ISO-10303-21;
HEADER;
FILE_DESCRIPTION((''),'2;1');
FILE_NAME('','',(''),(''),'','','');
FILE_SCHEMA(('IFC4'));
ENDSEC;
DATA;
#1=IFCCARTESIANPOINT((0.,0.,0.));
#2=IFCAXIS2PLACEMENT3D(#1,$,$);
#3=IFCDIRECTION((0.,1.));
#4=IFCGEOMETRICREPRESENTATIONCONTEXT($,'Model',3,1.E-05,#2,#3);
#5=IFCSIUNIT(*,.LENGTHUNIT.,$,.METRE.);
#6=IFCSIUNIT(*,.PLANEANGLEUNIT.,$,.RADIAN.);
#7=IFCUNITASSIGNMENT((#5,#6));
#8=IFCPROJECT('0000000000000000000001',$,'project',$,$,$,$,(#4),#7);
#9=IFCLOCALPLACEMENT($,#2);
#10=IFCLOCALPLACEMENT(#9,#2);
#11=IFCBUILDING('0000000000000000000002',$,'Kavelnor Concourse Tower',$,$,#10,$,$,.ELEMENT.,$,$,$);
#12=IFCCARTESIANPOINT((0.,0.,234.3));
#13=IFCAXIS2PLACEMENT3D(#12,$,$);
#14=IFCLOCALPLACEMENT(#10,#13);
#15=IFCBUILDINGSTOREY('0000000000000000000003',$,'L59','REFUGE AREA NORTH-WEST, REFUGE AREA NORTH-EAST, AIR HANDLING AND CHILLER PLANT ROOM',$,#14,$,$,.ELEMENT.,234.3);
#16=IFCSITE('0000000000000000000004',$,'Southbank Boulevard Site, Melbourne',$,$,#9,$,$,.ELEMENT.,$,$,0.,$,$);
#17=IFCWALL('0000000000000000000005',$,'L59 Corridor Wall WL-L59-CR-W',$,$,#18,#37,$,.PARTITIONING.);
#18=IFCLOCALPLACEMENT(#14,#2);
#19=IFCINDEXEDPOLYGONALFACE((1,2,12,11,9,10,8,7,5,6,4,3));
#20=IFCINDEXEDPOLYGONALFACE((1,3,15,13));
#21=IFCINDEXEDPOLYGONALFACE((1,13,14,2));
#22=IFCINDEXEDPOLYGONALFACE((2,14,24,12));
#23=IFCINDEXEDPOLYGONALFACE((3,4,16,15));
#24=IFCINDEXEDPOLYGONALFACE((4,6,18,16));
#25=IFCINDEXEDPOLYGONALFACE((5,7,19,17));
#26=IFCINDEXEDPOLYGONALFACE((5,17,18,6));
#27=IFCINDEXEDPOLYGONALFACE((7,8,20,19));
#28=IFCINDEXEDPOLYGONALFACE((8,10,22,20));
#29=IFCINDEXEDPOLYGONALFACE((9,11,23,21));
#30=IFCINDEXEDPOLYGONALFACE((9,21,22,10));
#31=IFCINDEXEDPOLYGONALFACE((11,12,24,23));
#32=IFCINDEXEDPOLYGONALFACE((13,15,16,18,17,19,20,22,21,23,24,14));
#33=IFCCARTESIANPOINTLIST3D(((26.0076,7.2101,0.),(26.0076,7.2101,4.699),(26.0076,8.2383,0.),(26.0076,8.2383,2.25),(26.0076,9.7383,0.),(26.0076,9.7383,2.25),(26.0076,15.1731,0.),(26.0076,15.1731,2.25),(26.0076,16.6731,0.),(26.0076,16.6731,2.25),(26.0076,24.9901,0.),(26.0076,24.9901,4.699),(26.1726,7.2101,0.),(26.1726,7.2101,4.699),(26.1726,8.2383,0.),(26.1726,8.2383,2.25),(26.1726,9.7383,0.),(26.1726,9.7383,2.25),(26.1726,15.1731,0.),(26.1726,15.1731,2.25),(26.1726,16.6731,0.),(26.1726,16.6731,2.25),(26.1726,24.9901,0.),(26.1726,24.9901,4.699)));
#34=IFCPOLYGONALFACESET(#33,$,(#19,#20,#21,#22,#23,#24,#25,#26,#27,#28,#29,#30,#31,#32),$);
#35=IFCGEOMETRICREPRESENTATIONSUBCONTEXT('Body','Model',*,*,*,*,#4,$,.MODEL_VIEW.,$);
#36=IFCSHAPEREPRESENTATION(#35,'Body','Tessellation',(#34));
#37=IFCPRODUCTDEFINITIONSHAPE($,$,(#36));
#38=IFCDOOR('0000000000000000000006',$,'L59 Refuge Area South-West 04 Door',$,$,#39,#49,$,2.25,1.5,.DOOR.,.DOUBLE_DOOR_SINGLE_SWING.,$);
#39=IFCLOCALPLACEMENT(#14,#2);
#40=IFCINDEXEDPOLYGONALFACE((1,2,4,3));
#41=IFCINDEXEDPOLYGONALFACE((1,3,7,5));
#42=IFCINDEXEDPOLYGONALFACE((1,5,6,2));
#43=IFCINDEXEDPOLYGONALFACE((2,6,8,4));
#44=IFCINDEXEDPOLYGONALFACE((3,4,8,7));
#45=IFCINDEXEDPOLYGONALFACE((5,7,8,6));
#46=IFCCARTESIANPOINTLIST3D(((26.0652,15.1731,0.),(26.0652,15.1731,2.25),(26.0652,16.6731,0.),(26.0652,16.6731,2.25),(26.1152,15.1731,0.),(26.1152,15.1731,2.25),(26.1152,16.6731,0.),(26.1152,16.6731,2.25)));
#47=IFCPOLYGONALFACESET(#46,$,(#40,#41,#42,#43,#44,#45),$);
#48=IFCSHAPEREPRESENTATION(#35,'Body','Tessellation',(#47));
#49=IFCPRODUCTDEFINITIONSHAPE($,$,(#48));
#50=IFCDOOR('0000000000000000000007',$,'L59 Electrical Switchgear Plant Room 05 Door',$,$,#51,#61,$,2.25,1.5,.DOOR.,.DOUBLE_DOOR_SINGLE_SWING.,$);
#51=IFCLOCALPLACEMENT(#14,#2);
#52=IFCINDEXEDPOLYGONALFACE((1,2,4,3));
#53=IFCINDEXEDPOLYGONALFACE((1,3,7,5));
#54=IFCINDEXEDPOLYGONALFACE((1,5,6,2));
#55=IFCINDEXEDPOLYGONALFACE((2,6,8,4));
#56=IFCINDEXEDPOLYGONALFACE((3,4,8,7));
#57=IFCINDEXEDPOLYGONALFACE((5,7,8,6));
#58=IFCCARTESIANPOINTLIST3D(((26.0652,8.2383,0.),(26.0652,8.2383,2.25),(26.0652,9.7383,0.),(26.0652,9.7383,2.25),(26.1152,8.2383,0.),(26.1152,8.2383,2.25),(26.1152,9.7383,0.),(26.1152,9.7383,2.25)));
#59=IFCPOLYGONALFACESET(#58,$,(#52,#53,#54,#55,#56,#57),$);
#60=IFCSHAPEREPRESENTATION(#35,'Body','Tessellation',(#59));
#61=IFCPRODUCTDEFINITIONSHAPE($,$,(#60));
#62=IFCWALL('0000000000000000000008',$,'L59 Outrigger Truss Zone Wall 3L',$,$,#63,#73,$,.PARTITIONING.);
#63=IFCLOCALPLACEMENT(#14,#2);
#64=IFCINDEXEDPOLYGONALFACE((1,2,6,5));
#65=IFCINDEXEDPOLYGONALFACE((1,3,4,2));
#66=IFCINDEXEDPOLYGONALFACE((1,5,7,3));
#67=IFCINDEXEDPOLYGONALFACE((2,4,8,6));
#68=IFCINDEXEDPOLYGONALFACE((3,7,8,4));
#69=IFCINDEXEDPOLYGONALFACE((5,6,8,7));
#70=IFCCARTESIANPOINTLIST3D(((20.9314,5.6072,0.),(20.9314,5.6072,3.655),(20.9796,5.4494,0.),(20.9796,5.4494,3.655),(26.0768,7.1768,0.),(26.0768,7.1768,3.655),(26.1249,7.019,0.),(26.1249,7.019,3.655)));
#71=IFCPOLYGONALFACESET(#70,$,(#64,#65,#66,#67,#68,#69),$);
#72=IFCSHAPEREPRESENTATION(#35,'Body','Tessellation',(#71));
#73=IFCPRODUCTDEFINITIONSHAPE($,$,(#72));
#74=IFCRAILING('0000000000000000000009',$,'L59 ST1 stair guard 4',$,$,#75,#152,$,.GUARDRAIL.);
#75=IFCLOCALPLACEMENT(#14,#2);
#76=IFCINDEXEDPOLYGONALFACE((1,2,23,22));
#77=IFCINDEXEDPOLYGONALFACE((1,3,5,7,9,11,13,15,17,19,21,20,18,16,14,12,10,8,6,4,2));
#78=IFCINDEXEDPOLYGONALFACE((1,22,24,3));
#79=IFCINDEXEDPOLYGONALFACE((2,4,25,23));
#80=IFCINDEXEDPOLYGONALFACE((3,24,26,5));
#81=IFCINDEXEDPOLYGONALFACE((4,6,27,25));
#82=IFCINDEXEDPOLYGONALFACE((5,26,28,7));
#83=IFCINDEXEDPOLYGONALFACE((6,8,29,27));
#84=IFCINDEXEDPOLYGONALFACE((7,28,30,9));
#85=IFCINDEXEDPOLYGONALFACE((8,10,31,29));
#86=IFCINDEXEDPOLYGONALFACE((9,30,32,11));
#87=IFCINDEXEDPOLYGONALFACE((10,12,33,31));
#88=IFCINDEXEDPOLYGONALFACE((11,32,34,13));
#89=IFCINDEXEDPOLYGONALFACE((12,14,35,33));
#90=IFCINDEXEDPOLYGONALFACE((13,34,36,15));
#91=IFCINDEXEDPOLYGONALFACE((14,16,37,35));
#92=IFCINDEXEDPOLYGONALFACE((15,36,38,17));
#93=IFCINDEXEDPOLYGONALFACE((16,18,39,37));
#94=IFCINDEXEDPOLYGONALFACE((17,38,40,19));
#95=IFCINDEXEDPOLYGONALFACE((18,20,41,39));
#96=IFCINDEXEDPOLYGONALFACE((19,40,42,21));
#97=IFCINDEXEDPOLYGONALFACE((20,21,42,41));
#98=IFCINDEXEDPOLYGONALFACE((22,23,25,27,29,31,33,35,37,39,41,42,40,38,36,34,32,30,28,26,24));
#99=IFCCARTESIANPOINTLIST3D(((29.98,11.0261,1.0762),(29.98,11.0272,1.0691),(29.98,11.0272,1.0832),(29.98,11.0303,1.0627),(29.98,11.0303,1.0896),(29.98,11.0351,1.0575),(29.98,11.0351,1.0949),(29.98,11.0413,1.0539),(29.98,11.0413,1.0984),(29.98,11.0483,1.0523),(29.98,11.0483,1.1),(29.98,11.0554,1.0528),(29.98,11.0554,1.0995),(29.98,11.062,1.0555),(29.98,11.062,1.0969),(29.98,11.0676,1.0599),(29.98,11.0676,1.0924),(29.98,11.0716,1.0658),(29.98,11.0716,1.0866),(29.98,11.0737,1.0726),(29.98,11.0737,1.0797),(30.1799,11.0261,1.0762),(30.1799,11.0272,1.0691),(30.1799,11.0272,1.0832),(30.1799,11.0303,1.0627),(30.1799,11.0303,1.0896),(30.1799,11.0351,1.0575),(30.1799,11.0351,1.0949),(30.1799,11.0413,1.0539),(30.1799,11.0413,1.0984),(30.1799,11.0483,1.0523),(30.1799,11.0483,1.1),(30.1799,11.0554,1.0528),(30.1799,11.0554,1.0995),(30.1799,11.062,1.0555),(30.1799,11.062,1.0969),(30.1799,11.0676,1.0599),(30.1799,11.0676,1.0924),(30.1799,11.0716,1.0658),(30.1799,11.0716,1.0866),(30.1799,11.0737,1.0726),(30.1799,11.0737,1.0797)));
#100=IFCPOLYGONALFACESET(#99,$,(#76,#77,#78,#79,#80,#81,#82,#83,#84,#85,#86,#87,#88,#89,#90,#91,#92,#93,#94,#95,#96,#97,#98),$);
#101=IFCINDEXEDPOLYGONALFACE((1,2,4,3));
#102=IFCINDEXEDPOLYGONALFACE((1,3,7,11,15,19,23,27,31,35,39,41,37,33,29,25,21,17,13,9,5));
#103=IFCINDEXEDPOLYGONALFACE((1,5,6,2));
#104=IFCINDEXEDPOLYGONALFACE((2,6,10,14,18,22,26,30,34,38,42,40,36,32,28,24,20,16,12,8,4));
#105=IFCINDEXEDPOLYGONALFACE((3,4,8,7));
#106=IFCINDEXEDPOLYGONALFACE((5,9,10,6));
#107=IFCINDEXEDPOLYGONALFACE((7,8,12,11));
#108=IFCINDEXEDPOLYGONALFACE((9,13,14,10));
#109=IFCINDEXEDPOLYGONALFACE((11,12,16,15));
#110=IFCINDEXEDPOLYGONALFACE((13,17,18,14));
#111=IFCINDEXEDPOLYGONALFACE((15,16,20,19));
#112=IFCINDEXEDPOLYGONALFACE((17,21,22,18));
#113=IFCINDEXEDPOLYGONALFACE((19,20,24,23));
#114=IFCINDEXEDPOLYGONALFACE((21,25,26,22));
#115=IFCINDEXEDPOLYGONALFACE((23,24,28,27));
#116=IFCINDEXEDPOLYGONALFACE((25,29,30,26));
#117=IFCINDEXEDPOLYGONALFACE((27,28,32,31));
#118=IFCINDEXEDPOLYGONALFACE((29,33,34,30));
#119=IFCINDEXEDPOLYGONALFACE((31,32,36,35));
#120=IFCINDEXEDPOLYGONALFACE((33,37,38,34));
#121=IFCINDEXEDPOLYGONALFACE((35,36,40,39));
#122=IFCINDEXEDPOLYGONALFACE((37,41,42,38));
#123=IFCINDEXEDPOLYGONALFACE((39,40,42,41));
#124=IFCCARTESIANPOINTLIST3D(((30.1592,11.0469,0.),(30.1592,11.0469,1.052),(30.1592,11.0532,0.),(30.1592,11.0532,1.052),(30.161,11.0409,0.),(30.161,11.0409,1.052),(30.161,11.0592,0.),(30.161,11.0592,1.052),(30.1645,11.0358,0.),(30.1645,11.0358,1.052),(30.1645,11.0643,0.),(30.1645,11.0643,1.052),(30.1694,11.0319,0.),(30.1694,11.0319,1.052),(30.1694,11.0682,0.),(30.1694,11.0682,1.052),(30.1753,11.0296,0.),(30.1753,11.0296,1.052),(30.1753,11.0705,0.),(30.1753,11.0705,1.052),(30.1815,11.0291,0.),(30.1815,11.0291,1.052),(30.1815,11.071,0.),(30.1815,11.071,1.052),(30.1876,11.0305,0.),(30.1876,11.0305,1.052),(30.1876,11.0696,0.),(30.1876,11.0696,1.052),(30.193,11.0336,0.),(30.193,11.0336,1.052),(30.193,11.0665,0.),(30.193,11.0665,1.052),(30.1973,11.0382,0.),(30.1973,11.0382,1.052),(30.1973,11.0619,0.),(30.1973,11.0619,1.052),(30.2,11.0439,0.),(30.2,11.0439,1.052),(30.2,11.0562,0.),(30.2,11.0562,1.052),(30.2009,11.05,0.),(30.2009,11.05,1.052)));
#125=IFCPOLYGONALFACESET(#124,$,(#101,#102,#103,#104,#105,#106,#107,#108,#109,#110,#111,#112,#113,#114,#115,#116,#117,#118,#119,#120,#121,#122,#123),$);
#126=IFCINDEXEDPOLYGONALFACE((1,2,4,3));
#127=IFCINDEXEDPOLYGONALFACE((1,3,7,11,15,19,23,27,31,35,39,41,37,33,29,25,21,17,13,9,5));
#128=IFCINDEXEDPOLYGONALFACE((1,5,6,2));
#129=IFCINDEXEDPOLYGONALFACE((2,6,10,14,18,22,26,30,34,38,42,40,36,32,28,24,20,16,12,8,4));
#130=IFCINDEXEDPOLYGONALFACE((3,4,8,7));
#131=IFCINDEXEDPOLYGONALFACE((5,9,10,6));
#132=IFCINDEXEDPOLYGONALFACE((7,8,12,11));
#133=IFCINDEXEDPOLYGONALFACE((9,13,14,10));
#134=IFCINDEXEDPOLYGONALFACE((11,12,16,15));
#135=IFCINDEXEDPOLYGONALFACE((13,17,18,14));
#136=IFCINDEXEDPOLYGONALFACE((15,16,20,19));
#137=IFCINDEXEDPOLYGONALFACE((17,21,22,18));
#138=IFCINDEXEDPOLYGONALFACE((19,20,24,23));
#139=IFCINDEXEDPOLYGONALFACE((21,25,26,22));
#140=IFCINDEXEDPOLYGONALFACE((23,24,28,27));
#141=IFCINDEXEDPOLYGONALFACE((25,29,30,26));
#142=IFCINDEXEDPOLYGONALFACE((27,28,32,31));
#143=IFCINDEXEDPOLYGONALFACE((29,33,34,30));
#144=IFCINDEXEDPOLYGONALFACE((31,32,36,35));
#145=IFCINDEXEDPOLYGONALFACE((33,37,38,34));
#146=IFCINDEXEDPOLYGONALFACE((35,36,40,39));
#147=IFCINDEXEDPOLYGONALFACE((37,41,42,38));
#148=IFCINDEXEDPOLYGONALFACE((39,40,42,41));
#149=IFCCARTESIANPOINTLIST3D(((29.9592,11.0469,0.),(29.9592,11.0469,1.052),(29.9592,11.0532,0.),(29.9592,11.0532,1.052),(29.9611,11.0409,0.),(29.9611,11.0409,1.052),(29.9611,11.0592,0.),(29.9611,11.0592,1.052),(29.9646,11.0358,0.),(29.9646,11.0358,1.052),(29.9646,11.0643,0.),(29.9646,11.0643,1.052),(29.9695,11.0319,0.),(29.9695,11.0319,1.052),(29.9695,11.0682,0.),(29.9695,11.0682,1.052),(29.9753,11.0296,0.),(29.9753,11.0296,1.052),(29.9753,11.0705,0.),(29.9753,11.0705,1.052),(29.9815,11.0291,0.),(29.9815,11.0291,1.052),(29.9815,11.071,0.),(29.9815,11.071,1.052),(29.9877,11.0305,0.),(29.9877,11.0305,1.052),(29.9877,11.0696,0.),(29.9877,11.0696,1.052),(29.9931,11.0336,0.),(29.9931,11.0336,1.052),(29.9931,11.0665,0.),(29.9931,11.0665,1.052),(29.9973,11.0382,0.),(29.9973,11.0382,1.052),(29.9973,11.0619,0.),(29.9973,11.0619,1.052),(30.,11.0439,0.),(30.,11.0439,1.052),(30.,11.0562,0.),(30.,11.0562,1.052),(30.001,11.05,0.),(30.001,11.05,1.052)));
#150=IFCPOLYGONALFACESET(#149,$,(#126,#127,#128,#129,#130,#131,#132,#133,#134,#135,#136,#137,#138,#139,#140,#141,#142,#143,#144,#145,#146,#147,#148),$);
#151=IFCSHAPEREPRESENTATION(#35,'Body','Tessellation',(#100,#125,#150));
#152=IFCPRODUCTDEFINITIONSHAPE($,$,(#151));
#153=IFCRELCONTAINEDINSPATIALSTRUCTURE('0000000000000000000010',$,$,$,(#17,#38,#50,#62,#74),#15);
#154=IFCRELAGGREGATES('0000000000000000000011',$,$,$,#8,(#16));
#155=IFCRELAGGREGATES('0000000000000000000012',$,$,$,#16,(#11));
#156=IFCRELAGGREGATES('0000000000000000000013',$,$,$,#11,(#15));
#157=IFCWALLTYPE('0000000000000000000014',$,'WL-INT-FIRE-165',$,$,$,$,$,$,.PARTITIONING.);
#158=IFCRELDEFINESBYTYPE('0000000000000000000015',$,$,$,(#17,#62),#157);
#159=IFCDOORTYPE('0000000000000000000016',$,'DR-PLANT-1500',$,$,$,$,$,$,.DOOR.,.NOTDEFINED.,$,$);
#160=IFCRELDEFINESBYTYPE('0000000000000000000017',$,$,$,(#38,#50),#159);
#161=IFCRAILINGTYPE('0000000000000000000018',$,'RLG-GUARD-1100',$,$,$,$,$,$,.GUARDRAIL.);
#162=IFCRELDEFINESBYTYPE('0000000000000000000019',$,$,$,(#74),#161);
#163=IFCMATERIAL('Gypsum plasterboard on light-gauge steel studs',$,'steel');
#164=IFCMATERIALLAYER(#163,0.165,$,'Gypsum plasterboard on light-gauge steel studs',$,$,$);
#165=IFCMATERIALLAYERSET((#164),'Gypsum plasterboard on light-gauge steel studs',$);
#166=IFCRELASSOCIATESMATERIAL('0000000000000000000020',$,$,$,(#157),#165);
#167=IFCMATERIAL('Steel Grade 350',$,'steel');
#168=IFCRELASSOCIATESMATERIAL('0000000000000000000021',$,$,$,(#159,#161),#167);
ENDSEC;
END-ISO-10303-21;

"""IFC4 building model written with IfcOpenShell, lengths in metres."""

from ifc_helpers import new_model, si_unit, direction, frame, frame_2d, origin, origin_2d, place, context, subcontext, project, spatial, rectangle, circle, extrude, material, layer, layer_set, type_object, element, fill, save


model = new_model("IFC4")

# Units and contexts
model_context = context("Model", 3, precision=1e-05, world=origin(), true_north=direction((0.0, 1.0)))
body_context = subcontext(model_context, "Body", "Model", "MODEL_VIEW")
ifc_project = project(units=[si_unit("LENGTHUNIT", "METRE"), si_unit("PLANEANGLEUNIT", "RADIAN")], contexts=[model_context])

# Site, building, storey
site_placement = place(None, origin())
site = spatial("IfcSite", under=ifc_project, at=site_placement, Name="Southbank Boulevard Site, Melbourne", CompositionType="ELEMENT", RefElevation=0.0)
building_placement = place(site_placement, origin())
building = spatial("IfcBuilding", under=site, at=building_placement, Name="Kavelnor Concourse Tower", CompositionType="ELEMENT")
storey_placement = place(building_placement, frame((0.0, 0.0, 234.3)))
storey = spatial("IfcBuildingStorey", under=building, at=storey_placement, Name="L59", Description="REFUGE AREA NORTH-WEST, REFUGE AREA NORTH-EAST, AIR HANDLING AND CHILLER PLANT ROOM", CompositionType="ELEMENT", Elevation=234.3)

# Shared definitions
ifc_material_1 = material(Name="Steel Grade 350", Category="steel")

# Shared definitions
ifc_material_2 = material(Name="Gypsum plasterboard on light-gauge steel studs", Category="steel")
ifc_layer_1 = layer(ifc_material_2, 0.165, Name="Gypsum plasterboard on light-gauge steel studs")
ifc_layer_set_1 = layer_set([ifc_layer_1], Name="Gypsum plasterboard on light-gauge steel studs")
wall_type_1 = type_object("IfcWallType", Name="WL-INT-FIRE-165", PredefinedType="PARTITIONING", material=ifc_layer_set_1)
door_type_1 = type_object("IfcDoorType", Name="DR-PLANT-1500", OperationType="NOTDEFINED", PredefinedType="DOOR", material=ifc_material_1)

# Wall, openings, doors
wall_1_placement = place(storey_placement, frame((26.0901, 7.21, 0.0), z_axis=(0.0, 0.0, 1.0), x_axis=(0.0, 1.0, 0.0)))
wall_1 = element("IfcWall", 1, at=wall_1_placement, inside=storey, type_object=wall_type_1, Name="L59 Corridor Wall WL-L59-CR-W", PredefinedType="PARTITIONING", context=body_context, shape_type="SweptSolid", body=[
    extrude(rectangle(XDim=17.78, YDim=0.165, at=frame_2d((8.8901, 0.0))), origin(), (0.0, 0.0, 1.0), 4.699),
])
opening_1_placement = place(wall_1_placement, frame((7.9631, 0.0, 0.0)))
opening_1 = element("IfcOpeningElement", 2, at=opening_1_placement, cuts=wall_1, PredefinedType="OPENING", context=body_context, shape_type="SweptSolid", body=[
    extrude(rectangle(XDim=1.5, YDim=2.25, at=frame_2d((0.75, 1.125))), frame((0.0, 0.0925, 0.0), z_axis=(0.0, -1.0, 0.0), x_axis=(1.0, 0.0, 0.0)), (0.0, 0.0, 1.0), 0.1851),
])
opening_2_placement = place(wall_1_placement, frame((1.0283, 0.0, 0.0)))
opening_2 = element("IfcOpeningElement", 3, at=opening_2_placement, cuts=wall_1, PredefinedType="OPENING", context=body_context, shape_type="SweptSolid", body=[
    extrude(rectangle(XDim=1.5, YDim=2.25, at=frame_2d((0.75, 1.125))), frame((0.0, 0.0925, 0.0), z_axis=(0.0, -1.0, 0.0), x_axis=(1.0, 0.0, 0.0)), (0.0, 0.0, 1.0), 0.1851),
])
door_1_placement = place(opening_1_placement, origin())
door_1 = element("IfcDoor", 4, at=door_1_placement, inside=storey, type_object=door_type_1, Name="L59 Refuge Area South-West 04 Door", OperationType="DOUBLE_DOOR_SINGLE_SWING", OverallHeight=2.25, OverallWidth=1.5, PredefinedType="DOOR", context=body_context, shape_type="SweptSolid", body=[
    extrude(rectangle(XDim=1.5, YDim=2.25, at=frame_2d((0.75, 1.125))), frame((0.0, 0.0249, 0.0), z_axis=(0.0, -1.0, 0.0), x_axis=(1.0, 0.0, 0.0)), (0.0, 0.0, 1.0), 0.05),
])
fill(opening_1, door_1)
door_2_placement = place(opening_2_placement, origin())
door_2 = element("IfcDoor", 5, at=door_2_placement, inside=storey, type_object=door_type_1, Name="L59 Electrical Switchgear Plant Room 05 Door", OperationType="DOUBLE_DOOR_SINGLE_SWING", OverallHeight=2.25, OverallWidth=1.5, PredefinedType="DOOR", context=body_context, shape_type="SweptSolid", body=[
    extrude(rectangle(XDim=1.5, YDim=2.25, at=frame_2d((0.75, 1.125))), frame((0.0, 0.0249, 0.0), z_axis=(0.0, -1.0, 0.0), x_axis=(1.0, 0.0, 0.0)), (0.0, 0.0, 1.0), 0.05),
])
fill(opening_2, door_2)

# Wall
wall_2_placement = place(storey_placement, frame((26.1008, 7.0979, 0.0), z_axis=(0.0, 0.0, 1.0), x_axis=(-0.956486, -0.291779, 0.0)))
element("IfcWall", 6, at=wall_2_placement, inside=storey, type_object=wall_type_1, Name="L59 Outrigger Truss Zone Wall 3L", PredefinedType="PARTITIONING", context=body_context, shape_type="SweptSolid", body=[
    extrude(rectangle(XDim=5.3794, YDim=0.165, at=frame_2d((2.6897, 0.0))), origin(), (0.0, 0.0, 1.0), 3.655),
])

# Railing
railing_type = type_object("IfcRailingType", Name="RLG-GUARD-1100", PredefinedType="GUARDRAIL", material=ifc_material_1)
railing_placement = place(storey_placement, frame((30.1799, 11.05, 0.0)))
element("IfcRailing", 7, at=railing_placement, inside=storey, type_object=railing_type, Name="L59 ST1 stair guard 4", PredefinedType="GUARDRAIL", context=body_context, shape_type="SweptSolid", body=[
    extrude(circle(Radius=0.0239, at=origin_2d()), frame((0.0, 0.0, 1.0762), z_axis=(-1.0, 0.0, 0.0), x_axis=(0.0, -1.0, 0.0)), (0.0, 0.0, 1.0), 0.2),
    extrude(circle(Radius=0.021, at=origin_2d()), origin(), (0.0, 0.0, 1.0), 1.052),
    extrude(circle(Radius=0.021, at=origin_2d()), frame((-0.2, 0.0, 0.0)), (0.0, 0.0, 1.0), 1.052),
])

save(model, "model.ifc")
